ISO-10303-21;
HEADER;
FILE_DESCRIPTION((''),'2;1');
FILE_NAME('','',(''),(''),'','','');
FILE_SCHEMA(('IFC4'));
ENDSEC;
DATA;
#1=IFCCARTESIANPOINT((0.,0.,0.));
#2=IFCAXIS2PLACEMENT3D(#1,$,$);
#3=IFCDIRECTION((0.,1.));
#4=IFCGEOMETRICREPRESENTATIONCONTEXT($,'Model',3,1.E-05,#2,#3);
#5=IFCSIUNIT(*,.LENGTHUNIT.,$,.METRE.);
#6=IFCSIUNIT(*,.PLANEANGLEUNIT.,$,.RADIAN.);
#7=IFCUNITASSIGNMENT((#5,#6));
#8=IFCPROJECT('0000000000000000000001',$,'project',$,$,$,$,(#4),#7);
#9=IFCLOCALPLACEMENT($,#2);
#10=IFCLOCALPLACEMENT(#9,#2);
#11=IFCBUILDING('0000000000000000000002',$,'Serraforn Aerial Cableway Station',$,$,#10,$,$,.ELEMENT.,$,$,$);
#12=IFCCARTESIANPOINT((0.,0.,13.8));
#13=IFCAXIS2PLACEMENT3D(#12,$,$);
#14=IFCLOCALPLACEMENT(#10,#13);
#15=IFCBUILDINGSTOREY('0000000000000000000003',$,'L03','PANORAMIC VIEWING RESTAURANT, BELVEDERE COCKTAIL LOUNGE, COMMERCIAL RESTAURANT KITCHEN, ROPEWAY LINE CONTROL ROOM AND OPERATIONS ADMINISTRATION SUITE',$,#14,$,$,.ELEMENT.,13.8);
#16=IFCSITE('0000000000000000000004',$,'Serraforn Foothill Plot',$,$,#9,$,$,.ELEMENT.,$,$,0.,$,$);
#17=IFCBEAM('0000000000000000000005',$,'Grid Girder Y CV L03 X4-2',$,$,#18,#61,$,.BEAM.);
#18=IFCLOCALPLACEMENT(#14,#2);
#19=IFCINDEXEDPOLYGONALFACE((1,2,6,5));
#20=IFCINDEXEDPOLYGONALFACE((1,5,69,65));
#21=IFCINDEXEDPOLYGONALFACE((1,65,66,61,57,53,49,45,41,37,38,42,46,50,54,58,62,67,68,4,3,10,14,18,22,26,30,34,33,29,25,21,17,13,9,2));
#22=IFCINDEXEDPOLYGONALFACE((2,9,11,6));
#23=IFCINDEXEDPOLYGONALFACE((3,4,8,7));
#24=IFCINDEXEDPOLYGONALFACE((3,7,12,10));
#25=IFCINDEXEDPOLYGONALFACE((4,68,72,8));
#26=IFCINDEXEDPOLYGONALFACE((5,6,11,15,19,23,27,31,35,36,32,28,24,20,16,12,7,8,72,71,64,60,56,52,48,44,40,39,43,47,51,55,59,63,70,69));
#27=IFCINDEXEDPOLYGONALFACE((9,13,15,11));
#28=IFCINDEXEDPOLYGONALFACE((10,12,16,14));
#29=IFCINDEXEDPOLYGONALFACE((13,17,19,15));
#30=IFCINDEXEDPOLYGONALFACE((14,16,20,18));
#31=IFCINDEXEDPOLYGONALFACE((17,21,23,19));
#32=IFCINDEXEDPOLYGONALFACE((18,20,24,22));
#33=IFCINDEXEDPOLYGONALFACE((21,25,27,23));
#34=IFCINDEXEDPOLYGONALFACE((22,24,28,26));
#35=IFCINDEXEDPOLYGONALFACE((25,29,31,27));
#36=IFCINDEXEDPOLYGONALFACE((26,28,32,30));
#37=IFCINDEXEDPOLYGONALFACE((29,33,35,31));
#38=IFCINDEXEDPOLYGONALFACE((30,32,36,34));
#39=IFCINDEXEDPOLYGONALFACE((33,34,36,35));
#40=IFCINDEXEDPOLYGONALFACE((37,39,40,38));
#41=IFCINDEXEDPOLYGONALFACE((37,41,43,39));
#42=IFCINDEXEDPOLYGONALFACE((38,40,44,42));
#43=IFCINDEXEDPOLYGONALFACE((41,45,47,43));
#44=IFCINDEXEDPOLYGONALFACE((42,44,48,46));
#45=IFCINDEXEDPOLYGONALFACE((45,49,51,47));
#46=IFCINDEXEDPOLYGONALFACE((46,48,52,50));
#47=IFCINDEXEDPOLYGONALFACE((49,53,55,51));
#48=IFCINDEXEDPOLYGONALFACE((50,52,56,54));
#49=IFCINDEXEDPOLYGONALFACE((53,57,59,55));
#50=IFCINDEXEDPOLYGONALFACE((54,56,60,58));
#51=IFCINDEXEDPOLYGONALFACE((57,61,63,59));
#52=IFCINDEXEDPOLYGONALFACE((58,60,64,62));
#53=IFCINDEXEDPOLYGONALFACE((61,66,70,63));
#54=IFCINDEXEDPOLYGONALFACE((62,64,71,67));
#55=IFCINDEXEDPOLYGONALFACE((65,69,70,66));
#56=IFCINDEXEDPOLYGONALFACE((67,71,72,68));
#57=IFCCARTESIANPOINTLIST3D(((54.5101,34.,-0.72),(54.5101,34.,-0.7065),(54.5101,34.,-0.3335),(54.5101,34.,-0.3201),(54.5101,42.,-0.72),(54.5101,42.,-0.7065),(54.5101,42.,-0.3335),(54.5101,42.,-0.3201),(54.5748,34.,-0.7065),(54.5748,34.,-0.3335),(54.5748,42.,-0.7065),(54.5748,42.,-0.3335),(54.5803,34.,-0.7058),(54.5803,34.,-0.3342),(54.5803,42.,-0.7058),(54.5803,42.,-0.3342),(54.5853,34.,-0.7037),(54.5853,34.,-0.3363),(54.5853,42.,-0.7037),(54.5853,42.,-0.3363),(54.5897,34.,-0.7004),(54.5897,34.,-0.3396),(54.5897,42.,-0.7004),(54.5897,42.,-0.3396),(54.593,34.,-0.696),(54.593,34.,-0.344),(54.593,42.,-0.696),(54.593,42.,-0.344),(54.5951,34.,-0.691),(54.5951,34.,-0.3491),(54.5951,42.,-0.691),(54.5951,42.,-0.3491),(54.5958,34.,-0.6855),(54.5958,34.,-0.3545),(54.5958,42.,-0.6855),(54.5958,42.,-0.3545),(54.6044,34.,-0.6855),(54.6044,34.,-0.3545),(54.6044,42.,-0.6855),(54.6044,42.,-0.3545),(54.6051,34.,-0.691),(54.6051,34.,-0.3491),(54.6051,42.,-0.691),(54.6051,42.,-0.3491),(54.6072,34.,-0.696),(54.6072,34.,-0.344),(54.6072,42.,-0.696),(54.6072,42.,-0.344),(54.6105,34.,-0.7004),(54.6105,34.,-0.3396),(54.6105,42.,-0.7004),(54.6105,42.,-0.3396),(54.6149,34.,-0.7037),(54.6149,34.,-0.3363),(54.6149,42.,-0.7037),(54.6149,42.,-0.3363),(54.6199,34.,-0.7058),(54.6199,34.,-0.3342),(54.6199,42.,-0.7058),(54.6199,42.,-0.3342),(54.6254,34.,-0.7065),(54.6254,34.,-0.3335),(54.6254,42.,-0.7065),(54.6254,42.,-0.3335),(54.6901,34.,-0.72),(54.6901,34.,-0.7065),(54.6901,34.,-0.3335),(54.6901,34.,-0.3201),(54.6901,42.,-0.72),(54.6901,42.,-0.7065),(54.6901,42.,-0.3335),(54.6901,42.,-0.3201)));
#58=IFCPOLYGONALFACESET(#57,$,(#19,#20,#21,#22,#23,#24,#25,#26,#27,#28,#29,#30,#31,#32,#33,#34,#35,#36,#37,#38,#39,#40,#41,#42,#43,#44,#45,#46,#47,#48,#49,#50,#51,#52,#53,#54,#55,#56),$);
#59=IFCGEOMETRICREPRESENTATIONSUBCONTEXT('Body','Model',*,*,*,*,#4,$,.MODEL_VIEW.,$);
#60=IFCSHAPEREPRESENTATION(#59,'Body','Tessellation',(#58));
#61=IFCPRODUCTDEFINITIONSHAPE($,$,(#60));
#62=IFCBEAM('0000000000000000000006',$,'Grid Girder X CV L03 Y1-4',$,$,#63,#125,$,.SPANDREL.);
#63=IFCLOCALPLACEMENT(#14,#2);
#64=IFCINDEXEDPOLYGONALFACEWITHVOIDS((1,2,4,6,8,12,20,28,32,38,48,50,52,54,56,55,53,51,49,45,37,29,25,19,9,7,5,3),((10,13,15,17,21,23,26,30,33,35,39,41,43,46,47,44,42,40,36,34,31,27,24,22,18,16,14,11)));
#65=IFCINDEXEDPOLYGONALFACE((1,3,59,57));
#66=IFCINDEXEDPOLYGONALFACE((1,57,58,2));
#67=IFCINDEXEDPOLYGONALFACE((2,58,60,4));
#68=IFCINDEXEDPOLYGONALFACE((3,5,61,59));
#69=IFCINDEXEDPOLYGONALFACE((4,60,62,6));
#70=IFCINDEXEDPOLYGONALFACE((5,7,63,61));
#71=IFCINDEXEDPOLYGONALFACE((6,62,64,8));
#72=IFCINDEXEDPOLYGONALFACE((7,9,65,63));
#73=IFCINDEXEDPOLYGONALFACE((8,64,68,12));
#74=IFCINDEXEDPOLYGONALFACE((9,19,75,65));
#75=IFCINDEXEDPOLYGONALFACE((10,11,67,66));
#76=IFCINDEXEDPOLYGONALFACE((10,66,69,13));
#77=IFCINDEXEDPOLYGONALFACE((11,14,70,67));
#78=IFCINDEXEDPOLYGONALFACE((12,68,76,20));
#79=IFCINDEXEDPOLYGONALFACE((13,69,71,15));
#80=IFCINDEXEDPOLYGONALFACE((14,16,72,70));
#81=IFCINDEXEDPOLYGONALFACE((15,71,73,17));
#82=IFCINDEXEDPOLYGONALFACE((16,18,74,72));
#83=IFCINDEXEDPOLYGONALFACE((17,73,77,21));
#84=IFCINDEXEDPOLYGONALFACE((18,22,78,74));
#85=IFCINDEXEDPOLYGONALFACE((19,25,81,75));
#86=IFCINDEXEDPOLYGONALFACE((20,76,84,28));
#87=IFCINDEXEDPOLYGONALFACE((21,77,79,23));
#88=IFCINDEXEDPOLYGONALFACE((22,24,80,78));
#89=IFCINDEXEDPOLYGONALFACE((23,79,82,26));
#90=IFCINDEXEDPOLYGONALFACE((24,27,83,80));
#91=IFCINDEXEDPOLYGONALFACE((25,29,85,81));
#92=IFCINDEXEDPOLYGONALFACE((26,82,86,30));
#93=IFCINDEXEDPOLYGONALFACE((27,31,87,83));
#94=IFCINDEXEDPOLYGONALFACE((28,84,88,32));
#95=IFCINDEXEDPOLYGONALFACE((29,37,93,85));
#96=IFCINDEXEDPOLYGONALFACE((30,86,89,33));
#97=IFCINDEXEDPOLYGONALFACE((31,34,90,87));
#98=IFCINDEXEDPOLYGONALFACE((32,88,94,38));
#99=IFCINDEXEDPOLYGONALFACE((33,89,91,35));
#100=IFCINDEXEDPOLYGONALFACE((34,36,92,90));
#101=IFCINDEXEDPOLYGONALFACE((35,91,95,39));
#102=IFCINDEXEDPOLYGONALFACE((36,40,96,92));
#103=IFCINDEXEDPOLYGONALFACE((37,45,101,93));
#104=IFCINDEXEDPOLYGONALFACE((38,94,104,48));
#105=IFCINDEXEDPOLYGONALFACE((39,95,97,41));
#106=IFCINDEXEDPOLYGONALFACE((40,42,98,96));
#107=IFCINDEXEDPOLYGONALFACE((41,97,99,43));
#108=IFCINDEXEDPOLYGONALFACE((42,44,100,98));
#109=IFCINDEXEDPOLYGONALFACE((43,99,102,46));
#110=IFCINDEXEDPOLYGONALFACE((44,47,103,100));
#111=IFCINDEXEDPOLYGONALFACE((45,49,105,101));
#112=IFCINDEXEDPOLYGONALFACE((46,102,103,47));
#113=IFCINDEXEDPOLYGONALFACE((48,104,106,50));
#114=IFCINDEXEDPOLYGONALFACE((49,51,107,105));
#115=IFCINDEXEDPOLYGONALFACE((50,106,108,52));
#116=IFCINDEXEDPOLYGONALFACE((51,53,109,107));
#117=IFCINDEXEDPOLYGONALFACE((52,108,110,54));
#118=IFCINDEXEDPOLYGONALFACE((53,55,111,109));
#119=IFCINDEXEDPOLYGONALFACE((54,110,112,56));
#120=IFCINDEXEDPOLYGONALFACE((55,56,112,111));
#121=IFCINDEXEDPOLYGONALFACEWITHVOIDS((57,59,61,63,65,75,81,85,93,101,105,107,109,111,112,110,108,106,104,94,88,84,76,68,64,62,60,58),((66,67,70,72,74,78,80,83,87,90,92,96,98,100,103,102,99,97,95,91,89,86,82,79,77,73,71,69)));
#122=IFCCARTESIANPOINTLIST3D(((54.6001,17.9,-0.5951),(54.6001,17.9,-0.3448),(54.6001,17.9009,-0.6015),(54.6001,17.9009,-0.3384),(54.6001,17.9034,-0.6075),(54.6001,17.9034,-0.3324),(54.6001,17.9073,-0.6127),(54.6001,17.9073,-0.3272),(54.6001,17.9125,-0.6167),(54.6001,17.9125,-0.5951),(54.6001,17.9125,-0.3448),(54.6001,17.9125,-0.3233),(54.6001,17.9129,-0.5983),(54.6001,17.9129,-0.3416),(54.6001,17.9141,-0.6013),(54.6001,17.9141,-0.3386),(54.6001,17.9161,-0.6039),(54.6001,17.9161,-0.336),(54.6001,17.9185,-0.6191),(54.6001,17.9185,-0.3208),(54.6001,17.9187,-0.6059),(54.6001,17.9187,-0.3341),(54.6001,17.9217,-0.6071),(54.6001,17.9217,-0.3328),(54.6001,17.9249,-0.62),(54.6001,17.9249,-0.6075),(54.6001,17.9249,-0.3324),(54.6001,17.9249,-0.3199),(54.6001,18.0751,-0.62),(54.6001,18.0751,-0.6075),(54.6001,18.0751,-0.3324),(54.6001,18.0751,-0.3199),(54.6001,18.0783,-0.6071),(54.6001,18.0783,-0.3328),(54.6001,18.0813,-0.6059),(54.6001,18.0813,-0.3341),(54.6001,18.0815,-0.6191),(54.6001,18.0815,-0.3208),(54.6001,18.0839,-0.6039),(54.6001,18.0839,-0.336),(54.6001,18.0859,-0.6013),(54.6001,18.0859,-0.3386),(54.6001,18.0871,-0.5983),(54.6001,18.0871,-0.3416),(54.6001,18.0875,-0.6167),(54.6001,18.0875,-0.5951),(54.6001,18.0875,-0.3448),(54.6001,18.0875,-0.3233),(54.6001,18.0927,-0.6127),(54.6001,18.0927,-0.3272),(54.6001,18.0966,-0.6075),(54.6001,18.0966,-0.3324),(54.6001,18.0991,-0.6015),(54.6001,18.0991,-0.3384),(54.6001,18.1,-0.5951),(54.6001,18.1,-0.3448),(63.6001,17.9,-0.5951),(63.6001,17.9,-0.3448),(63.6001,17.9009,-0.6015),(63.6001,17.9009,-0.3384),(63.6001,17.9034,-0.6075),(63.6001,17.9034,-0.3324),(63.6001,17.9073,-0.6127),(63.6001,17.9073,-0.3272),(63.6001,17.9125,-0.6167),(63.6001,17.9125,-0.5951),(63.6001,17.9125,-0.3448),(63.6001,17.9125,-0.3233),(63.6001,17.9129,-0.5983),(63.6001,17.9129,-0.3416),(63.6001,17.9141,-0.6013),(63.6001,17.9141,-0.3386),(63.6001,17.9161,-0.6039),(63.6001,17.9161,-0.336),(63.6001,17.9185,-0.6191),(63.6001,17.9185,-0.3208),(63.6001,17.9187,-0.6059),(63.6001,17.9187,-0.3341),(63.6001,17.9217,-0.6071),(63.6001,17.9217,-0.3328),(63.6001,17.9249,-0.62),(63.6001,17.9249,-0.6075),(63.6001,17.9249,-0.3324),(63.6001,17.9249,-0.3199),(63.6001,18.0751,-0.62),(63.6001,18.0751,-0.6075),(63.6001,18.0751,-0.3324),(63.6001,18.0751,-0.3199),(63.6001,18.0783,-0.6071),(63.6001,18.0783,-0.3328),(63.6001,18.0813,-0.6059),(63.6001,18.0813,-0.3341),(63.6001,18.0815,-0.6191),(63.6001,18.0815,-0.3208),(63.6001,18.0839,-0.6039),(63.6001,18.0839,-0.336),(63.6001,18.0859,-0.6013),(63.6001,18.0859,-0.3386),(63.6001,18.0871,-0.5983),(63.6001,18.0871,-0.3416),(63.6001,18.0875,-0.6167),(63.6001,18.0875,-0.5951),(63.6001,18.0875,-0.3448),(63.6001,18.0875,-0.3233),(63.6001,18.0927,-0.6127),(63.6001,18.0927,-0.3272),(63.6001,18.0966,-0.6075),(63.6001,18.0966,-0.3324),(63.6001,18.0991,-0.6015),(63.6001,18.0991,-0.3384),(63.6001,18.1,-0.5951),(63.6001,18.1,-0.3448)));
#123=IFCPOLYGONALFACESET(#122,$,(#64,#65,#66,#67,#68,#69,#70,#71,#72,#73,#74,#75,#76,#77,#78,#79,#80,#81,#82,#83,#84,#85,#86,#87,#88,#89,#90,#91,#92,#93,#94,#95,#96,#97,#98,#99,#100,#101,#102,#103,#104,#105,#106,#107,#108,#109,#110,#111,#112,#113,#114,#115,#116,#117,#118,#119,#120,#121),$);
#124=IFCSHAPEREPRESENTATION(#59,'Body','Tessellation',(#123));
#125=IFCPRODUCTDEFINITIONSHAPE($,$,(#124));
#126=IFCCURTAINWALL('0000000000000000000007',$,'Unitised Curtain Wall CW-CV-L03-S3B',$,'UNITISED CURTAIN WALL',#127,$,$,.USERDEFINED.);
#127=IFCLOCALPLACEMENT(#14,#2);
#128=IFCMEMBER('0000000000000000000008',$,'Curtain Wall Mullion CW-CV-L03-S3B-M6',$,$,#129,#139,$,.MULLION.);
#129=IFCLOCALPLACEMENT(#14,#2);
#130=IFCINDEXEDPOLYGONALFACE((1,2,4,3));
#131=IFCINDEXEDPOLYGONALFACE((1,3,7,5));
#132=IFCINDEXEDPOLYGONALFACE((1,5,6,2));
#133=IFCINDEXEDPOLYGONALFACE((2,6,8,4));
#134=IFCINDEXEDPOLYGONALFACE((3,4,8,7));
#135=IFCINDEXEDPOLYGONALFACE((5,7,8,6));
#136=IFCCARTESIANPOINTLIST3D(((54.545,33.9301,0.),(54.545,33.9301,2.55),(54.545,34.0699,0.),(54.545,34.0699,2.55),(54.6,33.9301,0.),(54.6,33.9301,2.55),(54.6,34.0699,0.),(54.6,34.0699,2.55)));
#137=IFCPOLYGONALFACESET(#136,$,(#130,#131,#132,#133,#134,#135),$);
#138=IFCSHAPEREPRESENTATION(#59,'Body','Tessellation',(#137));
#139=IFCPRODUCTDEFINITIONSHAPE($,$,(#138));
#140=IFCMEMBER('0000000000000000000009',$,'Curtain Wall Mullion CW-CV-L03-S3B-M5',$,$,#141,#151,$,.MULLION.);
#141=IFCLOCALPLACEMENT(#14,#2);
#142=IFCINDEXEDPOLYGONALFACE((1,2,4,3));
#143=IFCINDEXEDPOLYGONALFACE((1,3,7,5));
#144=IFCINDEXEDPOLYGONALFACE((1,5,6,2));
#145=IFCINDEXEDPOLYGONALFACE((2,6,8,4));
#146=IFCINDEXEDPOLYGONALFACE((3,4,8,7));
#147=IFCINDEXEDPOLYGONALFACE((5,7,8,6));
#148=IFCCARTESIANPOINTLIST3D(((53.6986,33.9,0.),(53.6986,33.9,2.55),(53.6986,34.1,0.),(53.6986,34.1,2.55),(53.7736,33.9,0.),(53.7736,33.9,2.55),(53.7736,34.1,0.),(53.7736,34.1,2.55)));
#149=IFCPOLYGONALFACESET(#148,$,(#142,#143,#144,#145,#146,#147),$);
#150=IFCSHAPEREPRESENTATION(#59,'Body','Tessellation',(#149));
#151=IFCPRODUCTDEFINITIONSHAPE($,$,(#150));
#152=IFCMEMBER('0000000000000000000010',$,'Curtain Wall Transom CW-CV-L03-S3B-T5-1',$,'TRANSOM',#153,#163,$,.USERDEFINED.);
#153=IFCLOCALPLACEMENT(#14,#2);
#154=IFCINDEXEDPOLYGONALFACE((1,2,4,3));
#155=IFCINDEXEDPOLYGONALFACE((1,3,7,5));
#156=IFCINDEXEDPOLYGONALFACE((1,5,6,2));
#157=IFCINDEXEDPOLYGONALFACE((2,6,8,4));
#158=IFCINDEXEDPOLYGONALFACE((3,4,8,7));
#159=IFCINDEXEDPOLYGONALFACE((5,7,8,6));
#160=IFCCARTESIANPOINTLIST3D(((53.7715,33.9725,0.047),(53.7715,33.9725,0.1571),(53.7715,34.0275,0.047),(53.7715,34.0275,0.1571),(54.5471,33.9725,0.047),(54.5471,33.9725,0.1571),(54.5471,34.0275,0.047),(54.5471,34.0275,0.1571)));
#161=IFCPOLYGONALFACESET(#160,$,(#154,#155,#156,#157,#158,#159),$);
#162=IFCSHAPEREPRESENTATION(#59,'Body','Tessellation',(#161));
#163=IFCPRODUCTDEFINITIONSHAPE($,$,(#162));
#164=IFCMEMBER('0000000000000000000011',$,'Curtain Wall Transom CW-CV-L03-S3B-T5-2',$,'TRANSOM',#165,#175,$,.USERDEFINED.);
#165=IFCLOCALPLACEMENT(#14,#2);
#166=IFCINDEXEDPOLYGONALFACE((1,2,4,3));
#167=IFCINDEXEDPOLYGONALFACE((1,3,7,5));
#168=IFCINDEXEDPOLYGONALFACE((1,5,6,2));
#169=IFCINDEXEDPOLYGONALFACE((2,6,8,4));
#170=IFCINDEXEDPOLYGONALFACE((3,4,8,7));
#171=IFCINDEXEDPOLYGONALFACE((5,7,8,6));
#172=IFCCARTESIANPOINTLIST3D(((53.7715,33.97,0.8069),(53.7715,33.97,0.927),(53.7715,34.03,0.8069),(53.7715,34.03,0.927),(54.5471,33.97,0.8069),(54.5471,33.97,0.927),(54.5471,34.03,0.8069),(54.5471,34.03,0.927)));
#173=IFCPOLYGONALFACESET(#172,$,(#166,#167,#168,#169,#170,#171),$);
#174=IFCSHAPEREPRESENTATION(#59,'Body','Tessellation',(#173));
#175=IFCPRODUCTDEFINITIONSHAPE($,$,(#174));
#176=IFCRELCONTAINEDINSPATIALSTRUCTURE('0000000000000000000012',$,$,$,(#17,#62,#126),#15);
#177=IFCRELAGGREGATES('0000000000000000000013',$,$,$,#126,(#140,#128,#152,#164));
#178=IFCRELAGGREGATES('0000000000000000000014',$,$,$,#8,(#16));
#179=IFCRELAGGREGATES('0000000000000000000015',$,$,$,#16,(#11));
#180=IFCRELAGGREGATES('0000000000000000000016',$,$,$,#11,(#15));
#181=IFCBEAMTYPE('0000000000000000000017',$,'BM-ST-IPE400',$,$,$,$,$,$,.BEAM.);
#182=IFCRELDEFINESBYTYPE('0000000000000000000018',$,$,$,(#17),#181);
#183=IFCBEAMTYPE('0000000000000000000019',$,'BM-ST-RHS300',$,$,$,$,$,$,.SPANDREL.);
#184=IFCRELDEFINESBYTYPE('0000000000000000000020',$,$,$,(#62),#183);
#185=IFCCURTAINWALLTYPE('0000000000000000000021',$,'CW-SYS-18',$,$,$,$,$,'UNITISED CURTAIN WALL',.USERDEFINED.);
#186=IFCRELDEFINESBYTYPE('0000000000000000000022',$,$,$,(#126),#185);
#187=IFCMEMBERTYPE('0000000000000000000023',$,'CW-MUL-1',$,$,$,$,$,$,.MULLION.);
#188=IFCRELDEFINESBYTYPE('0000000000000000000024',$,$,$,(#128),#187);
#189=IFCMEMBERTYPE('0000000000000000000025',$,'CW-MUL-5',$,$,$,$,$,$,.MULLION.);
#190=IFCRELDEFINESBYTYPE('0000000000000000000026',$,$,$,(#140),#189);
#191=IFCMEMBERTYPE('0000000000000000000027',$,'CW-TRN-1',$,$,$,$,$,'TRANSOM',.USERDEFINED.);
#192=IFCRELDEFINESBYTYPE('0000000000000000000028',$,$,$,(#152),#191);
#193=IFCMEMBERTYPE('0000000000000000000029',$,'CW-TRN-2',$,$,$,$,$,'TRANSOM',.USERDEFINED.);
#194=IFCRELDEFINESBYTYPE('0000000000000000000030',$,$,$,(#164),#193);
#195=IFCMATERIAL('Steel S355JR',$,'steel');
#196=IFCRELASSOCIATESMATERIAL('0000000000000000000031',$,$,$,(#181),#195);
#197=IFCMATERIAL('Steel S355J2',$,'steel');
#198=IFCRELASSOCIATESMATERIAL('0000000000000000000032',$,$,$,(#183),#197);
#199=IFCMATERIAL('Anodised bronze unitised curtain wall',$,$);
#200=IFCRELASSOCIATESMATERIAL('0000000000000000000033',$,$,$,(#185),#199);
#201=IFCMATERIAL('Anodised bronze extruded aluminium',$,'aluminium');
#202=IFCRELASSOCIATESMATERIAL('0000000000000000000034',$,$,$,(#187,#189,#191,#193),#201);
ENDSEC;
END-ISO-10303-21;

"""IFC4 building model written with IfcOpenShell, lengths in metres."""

from ifc_helpers import new_model, si_unit, direction, frame, origin, origin_2d, place, context, subcontext, project, spatial, rectangle, hollow_rectangle, i_section, extrude, material, material_profile, profile_set, type_object, element, aggregate, save


model = new_model("IFC4")

# Units and contexts
model_context = context("Model", 3, precision=1e-05, world=origin(), true_north=direction((0.0, 1.0)))
body_context = subcontext(model_context, "Body", "Model", "MODEL_VIEW")
ifc_project = project(units=[si_unit("LENGTHUNIT", "METRE"), si_unit("PLANEANGLEUNIT", "RADIAN")], contexts=[model_context])

# Site, building, storey
site_placement = place(None, origin())
site = spatial("IfcSite", under=ifc_project, at=site_placement, Name="Serraforn Foothill Plot", CompositionType="ELEMENT", RefElevation=0.0)
building_placement = place(site_placement, origin())
building = spatial("IfcBuilding", under=site, at=building_placement, Name="Serraforn Aerial Cableway Station", CompositionType="ELEMENT")
storey_placement = place(building_placement, frame((0.0, 0.0, 13.8)))
storey = spatial("IfcBuildingStorey", under=building, at=storey_placement, Name="L03", Description="PANORAMIC VIEWING RESTAURANT, BELVEDERE COCKTAIL LOUNGE, COMMERCIAL RESTAURANT KITCHEN, ROPEWAY LINE CONTROL ROOM AND OPERATIONS ADMINISTRATION SUITE", CompositionType="ELEMENT", Elevation=13.8)

# Shared definitions
ifc_material_1 = material(Name="Steel S355J2", Category="steel")

# Beams
ifc_material_2 = material(Name="Steel S355JR", Category="steel")
ifc_material_profile_1 = material_profile(ifc_material_2, i_section(OverallWidth=0.1799, OverallDepth=0.3999, WebThickness=0.0085, FlangeThickness=0.0134, FilletRadius=0.021, at=origin_2d()), Name="IPE 400")
ifc_profile_set_1 = profile_set([ifc_material_profile_1], Name="Steel S355JR")
beam_type_1 = type_object("IfcBeamType", Name="BM-ST-IPE400", PredefinedType="BEAM", material=ifc_profile_set_1)
beam_1_placement = place(storey_placement, frame((54.6001, 34.0, -0.52), z_axis=(0.0, 1.0, 0.0), x_axis=(-1.0, 0.0, 0.0)))
element("IfcBeam", 1, at=beam_1_placement, inside=storey, type_object=beam_type_1, Name="Grid Girder Y CV L03 X4-2", PredefinedType="BEAM", context=body_context, shape_type="SweptSolid", body=[
    extrude(i_section(OverallWidth=0.1799, OverallDepth=0.3999, WebThickness=0.0085, FlangeThickness=0.0134, FilletRadius=0.021, at=origin_2d()), origin(), (0.0, 0.0, 1.0), 8.0),
])
ifc_material_profile_2 = material_profile(ifc_material_1, hollow_rectangle(XDim=0.2, YDim=0.3, WallThickness=0.0125, InnerFilletRadius=0.0125, OuterFilletRadius=0.0249, at=origin_2d()), Name="RHS 300x200x12.5")
ifc_profile_set_2 = profile_set([ifc_material_profile_2], Name="Steel S355J2")
beam_type_2 = type_object("IfcBeamType", Name="BM-ST-RHS300", PredefinedType="SPANDREL", material=ifc_profile_set_2)
beam_2_placement = place(storey_placement, frame((54.6001, 18.0, -0.47), z_axis=(1.0, 0.0, 0.0), x_axis=(0.0, 1.0, 0.0)))
element("IfcBeam", 2, at=beam_2_placement, inside=storey, type_object=beam_type_2, Name="Grid Girder X CV L03 Y1-4", PredefinedType="SPANDREL", context=body_context, shape_type="SweptSolid", body=[
    extrude(hollow_rectangle(XDim=0.2, YDim=0.3, WallThickness=0.0125, InnerFilletRadius=0.0125, OuterFilletRadius=0.0249, at=origin_2d()), origin(), (0.0, 0.0, 1.0), 9.0),
])

# Curtain wall, members
ifc_material_3 = material(Name="Anodised bronze unitised curtain wall")
curtain_wall_type = type_object("IfcCurtainWallType", Name="CW-SYS-18", ElementType="UNITISED CURTAIN WALL", PredefinedType="USERDEFINED", material=ifc_material_3)
curtain_wall_placement = place(storey_placement, origin())
curtain_wall = element("IfcCurtainWall", 3, at=curtain_wall_placement, inside=storey, type_object=curtain_wall_type, Name="Unitised Curtain Wall CW-CV-L03-S3B", ObjectType="UNITISED CURTAIN WALL", PredefinedType="USERDEFINED")
ifc_material_4 = material(Name="Anodised bronze extruded aluminium", Category="aluminium")
ifc_material_profile_3 = material_profile(ifc_material_4, rectangle(XDim=0.0549, YDim=0.1399, at=origin_2d()), Name="CW MULLION 55x140")
ifc_profile_set_3 = profile_set([ifc_material_profile_3], Name="Anodised bronze extruded aluminium")
member_type_1 = type_object("IfcMemberType", Name="CW-MUL-1", PredefinedType="MULLION", material=ifc_profile_set_3)
member_1_placement = place(storey_placement, frame((54.5725, 34.0, 0.0), z_axis=(0.0, 0.0, 1.0), x_axis=(1.0, 0.0, 0.0)))
member_1 = element("IfcMember", 4, at=member_1_placement, type_object=member_type_1, Name="Curtain Wall Mullion CW-CV-L03-S3B-M6", PredefinedType="MULLION", context=body_context, shape_type="SweptSolid", body=[
    extrude(rectangle(XDim=0.0549, YDim=0.1399, at=origin_2d()), origin(), (0.0, 0.0, 1.0), 2.55),
])
ifc_material_profile_4 = material_profile(ifc_material_4, rectangle(XDim=0.075, YDim=0.2, at=origin_2d()), Name="CW MULLION 75x200")
ifc_profile_set_4 = profile_set([ifc_material_profile_4], Name="Anodised bronze extruded aluminium")
member_type_2 = type_object("IfcMemberType", Name="CW-MUL-5", PredefinedType="MULLION", material=ifc_profile_set_4)
member_2_placement = place(storey_placement, frame((53.7361, 34.0, 0.0), z_axis=(0.0, 0.0, 1.0), x_axis=(1.0, 0.0, 0.0)))
member_2 = element("IfcMember", 5, at=member_2_placement, type_object=member_type_2, Name="Curtain Wall Mullion CW-CV-L03-S3B-M5", PredefinedType="MULLION", context=body_context, shape_type="SweptSolid", body=[
    extrude(rectangle(XDim=0.075, YDim=0.2, at=origin_2d()), origin(), (0.0, 0.0, 1.0), 2.55),
])
ifc_material_profile_5 = material_profile(ifc_material_4, rectangle(XDim=0.0549, YDim=0.1101, at=origin_2d()), Name="CW TRANSOM 55x110")
ifc_profile_set_5 = profile_set([ifc_material_profile_5], Name="Anodised bronze extruded aluminium")
member_type_3 = type_object("IfcMemberType", Name="CW-TRN-1", ElementType="TRANSOM", PredefinedType="USERDEFINED", material=ifc_profile_set_5)
member_3_placement = place(storey_placement, frame((53.7715, 34.0, 0.1021), z_axis=(1.0, 0.0, 0.0), x_axis=(0.0, 1.0, 0.0)))
member_3 = element("IfcMember", 6, at=member_3_placement, type_object=member_type_3, Name="Curtain Wall Transom CW-CV-L03-S3B-T5-1", ObjectType="TRANSOM", PredefinedType="USERDEFINED", context=body_context, shape_type="SweptSolid", body=[
    extrude(rectangle(XDim=0.0549, YDim=0.1101, at=origin_2d()), origin(), (0.0, 0.0, 1.0), 0.7756),
])
ifc_material_profile_6 = material_profile(ifc_material_4, rectangle(XDim=0.0601, YDim=0.1201, at=origin_2d()), Name="CW TRANSOM 60x120")
ifc_profile_set_6 = profile_set([ifc_material_profile_6], Name="Anodised bronze extruded aluminium")
member_type_4 = type_object("IfcMemberType", Name="CW-TRN-2", ElementType="TRANSOM", PredefinedType="USERDEFINED", material=ifc_profile_set_6)
member_4_placement = place(storey_placement, frame((53.7715, 34.0, 0.8669), z_axis=(1.0, 0.0, 0.0), x_axis=(0.0, 1.0, 0.0)))
member_4 = element("IfcMember", 7, at=member_4_placement, type_object=member_type_4, Name="Curtain Wall Transom CW-CV-L03-S3B-T5-2", ObjectType="TRANSOM", PredefinedType="USERDEFINED", context=body_context, shape_type="SweptSolid", body=[
    extrude(rectangle(XDim=0.0601, YDim=0.1201, at=origin_2d()), origin(), (0.0, 0.0, 1.0), 0.7756),
])
aggregate(curtain_wall, [member_2, member_1, member_3, member_4])

save(model, "model.ifc")
